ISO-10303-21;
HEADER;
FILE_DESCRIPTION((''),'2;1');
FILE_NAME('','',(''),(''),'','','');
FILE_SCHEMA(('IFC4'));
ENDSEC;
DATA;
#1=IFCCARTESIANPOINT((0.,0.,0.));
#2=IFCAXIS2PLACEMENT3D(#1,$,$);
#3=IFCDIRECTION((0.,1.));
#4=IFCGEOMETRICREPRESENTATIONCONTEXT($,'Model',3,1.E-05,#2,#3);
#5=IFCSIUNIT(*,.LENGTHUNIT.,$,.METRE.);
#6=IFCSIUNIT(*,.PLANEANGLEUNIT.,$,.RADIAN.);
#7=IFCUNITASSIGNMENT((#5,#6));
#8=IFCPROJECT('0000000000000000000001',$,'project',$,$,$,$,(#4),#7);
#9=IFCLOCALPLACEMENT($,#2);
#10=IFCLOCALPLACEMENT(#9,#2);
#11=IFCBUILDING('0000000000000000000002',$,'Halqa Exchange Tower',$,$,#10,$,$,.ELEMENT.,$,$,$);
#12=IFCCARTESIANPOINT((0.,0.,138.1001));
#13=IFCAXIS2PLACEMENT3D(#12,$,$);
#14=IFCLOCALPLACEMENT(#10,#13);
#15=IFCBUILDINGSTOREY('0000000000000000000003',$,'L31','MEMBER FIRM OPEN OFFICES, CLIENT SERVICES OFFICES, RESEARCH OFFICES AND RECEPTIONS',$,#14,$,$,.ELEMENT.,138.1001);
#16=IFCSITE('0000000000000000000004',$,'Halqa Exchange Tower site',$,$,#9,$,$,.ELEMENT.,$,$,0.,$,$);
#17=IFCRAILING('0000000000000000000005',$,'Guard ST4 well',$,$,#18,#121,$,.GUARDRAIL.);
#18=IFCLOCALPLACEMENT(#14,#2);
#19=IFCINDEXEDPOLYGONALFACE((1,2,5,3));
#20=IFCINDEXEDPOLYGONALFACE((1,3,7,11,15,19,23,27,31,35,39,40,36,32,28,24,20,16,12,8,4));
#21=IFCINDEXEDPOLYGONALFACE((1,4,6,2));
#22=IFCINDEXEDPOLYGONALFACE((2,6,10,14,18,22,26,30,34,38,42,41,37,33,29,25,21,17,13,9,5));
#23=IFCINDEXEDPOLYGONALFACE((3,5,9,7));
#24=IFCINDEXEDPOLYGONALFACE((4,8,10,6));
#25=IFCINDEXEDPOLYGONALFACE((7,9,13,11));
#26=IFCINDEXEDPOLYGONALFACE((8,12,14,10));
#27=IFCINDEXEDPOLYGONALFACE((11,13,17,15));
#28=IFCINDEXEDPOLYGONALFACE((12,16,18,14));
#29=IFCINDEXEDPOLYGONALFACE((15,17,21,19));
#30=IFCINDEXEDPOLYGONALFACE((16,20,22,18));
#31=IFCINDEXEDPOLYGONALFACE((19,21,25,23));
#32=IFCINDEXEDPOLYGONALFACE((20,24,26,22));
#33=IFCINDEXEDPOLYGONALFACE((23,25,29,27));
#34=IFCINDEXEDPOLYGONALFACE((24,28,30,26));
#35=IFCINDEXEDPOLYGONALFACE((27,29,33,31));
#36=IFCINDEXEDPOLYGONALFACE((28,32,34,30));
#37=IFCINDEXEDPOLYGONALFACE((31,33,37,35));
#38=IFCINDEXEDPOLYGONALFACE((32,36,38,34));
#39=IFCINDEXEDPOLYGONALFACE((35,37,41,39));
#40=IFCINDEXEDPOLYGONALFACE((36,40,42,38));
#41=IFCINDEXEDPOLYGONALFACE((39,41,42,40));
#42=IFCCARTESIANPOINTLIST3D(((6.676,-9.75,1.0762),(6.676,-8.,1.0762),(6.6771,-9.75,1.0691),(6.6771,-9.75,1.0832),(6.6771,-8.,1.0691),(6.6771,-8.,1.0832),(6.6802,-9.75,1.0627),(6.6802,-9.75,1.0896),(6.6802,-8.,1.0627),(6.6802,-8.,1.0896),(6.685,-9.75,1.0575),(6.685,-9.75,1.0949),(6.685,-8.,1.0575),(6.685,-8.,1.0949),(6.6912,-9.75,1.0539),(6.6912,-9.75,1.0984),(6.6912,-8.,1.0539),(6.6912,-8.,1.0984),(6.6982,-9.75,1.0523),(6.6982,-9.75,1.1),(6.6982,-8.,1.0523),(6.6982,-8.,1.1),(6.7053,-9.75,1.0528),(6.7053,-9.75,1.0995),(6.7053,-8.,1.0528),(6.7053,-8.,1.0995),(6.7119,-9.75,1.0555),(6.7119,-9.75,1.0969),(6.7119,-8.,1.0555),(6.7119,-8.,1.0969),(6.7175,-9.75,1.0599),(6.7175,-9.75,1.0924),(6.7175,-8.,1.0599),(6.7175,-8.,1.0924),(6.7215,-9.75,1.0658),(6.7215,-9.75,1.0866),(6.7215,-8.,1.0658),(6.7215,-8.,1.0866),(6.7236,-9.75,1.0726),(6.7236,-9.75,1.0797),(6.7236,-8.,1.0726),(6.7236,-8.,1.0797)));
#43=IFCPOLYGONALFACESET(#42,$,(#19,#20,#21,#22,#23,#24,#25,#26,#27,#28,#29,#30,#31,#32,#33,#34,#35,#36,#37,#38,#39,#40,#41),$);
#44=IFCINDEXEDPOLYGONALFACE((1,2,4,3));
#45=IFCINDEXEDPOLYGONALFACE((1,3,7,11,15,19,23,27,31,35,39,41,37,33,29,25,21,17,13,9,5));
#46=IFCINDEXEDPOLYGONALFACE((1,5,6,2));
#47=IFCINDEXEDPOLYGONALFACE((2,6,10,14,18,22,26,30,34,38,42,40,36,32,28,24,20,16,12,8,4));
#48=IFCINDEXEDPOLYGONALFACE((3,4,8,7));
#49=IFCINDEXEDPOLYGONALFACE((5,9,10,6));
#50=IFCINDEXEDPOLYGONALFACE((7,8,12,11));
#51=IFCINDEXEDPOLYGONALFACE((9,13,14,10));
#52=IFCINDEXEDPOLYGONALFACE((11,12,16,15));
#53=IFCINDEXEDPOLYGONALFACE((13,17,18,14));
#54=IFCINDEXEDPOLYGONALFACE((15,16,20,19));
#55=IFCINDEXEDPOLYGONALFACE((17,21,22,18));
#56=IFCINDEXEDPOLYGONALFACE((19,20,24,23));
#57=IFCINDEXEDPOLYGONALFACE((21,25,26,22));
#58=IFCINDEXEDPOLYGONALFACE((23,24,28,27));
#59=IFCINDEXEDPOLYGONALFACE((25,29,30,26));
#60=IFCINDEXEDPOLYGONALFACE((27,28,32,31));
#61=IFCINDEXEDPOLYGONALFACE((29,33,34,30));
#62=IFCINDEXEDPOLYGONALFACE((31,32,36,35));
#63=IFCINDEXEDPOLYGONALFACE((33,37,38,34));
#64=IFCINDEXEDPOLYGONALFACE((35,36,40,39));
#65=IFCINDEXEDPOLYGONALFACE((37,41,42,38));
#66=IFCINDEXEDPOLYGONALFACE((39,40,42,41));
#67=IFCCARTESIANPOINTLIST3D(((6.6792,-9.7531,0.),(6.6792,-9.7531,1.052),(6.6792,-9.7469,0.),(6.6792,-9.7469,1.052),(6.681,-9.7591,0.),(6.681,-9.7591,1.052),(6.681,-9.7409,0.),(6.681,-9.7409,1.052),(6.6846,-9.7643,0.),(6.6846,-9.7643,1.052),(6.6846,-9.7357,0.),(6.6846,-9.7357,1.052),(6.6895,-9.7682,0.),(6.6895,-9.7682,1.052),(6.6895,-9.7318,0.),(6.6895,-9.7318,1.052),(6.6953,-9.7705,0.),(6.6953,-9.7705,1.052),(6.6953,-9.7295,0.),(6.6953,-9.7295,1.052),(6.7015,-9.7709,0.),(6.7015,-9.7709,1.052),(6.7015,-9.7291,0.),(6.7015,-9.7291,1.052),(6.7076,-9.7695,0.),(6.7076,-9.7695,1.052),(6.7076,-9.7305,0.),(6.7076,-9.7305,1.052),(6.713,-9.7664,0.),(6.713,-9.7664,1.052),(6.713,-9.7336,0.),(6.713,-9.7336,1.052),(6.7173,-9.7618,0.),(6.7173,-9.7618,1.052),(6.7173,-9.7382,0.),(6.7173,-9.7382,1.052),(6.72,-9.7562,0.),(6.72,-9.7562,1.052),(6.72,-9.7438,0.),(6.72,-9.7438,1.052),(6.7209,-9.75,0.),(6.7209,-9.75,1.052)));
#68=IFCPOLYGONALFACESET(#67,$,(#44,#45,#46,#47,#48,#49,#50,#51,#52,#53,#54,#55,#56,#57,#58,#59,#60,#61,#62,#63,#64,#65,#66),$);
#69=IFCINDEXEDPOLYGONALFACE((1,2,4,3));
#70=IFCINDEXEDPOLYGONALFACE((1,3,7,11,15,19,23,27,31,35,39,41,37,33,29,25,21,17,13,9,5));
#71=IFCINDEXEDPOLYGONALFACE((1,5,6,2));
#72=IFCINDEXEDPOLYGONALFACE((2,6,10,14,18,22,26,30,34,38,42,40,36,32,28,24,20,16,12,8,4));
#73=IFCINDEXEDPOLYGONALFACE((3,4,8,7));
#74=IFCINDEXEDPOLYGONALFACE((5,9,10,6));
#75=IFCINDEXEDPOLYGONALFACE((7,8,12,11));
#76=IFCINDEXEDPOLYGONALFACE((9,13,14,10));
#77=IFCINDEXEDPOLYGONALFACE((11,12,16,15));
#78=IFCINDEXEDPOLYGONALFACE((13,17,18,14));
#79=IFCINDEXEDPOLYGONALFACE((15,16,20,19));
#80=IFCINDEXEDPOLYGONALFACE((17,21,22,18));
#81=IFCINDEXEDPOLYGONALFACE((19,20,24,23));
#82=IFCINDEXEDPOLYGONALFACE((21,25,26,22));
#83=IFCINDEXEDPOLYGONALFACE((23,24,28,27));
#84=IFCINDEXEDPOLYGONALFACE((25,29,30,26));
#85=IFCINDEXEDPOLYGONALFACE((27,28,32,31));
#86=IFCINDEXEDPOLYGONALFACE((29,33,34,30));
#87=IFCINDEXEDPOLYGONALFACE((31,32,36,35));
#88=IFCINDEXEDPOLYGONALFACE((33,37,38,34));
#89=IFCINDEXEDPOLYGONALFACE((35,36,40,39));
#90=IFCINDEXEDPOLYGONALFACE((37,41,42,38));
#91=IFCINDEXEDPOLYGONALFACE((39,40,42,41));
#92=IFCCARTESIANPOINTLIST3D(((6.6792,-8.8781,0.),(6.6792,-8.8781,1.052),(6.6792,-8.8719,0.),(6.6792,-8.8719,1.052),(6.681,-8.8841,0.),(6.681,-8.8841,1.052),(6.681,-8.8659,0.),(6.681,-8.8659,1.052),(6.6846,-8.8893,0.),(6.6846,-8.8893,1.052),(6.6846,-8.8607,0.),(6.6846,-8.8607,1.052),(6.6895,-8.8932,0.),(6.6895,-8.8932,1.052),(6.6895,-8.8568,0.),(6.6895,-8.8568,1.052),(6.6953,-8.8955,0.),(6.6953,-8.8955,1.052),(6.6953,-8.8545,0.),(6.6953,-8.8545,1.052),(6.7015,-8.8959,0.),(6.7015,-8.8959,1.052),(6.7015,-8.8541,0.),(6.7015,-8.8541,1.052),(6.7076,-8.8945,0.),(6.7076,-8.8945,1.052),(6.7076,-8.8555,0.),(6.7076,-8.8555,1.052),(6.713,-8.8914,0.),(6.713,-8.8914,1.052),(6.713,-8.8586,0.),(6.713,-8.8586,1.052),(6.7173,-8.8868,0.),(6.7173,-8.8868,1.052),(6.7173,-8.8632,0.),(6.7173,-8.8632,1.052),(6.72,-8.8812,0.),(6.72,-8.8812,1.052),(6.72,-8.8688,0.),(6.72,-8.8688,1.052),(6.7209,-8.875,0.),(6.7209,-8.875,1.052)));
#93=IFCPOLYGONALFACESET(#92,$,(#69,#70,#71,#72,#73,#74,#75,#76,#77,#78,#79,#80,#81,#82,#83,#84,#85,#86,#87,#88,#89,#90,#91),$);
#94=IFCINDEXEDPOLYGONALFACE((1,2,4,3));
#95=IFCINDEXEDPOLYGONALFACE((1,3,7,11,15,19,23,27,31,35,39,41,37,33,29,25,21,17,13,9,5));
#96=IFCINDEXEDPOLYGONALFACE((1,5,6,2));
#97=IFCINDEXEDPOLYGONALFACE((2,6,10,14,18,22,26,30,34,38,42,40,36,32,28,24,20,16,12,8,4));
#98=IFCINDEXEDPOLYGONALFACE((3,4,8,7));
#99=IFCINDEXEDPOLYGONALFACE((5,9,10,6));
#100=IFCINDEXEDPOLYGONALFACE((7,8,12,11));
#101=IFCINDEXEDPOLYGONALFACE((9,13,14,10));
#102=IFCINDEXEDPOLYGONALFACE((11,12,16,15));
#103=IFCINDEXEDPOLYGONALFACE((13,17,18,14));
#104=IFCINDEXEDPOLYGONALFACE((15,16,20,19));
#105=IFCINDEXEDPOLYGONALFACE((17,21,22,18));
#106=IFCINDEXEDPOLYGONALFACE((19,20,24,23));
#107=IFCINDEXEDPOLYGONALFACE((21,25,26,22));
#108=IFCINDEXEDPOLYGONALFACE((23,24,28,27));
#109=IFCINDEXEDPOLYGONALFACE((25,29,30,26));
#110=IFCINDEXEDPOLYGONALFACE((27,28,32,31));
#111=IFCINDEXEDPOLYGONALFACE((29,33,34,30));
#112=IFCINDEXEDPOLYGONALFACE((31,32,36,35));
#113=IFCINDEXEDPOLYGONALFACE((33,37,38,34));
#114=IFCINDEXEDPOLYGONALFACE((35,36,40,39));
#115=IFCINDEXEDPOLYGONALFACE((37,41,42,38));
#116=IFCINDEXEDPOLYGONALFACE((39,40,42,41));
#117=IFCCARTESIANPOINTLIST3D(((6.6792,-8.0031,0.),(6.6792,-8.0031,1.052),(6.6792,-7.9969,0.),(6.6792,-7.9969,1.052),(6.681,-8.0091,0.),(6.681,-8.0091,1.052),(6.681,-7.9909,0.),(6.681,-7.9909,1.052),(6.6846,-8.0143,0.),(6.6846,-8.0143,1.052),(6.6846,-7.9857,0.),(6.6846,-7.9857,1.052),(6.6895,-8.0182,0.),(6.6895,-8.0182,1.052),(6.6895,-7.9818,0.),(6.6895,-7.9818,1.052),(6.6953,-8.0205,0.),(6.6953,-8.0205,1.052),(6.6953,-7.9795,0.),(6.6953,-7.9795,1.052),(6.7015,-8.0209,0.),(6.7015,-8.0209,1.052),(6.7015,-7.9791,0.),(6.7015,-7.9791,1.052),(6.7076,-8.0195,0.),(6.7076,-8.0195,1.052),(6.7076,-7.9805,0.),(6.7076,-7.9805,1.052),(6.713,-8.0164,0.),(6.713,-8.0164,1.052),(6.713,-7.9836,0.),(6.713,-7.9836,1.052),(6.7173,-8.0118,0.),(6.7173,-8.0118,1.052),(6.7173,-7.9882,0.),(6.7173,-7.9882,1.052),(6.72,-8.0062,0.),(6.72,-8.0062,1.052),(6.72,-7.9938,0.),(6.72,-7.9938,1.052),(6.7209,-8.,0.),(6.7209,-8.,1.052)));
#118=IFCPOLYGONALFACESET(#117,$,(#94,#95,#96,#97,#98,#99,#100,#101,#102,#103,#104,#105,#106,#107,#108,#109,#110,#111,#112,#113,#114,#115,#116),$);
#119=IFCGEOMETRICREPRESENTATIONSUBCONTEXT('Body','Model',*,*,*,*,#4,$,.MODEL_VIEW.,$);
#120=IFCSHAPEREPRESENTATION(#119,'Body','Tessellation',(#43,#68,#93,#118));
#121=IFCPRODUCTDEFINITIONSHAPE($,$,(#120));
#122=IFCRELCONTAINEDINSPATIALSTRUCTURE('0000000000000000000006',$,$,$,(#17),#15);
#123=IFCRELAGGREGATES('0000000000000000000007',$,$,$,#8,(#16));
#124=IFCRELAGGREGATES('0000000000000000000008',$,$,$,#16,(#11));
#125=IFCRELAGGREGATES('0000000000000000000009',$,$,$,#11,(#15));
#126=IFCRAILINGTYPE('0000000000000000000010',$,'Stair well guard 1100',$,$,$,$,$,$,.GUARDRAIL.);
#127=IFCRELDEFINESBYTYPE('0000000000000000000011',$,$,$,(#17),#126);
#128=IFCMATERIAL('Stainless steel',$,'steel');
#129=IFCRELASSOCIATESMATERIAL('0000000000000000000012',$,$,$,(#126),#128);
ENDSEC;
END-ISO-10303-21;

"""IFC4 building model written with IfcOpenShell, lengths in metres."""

from ifc_helpers import new_model, si_unit, direction, frame, origin, origin_2d, place, context, subcontext, project, spatial, circle, extrude, material, type_object, element, save


model = new_model("IFC4")

# Units and contexts
model_context = context("Model", 3, precision=1e-05, world=origin(), true_north=direction((0.0, 1.0)))
body_context = subcontext(model_context, "Body", "Model", "MODEL_VIEW")
ifc_project = project(units=[si_unit("LENGTHUNIT", "METRE"), si_unit("PLANEANGLEUNIT", "RADIAN")], contexts=[model_context])

# Site, building, storey
site_placement = place(None, origin())
site = spatial("IfcSite", under=ifc_project, at=site_placement, Name="Halqa Exchange Tower site", CompositionType="ELEMENT", RefElevation=0.0)
building_placement = place(site_placement, origin())
building = spatial("IfcBuilding", under=site, at=building_placement, Name="Halqa Exchange Tower", CompositionType="ELEMENT")
storey_placement = place(building_placement, frame((0.0, 0.0, 138.1001)))
storey = spatial("IfcBuildingStorey", under=building, at=storey_placement, Name="L31", Description="MEMBER FIRM OPEN OFFICES, CLIENT SERVICES OFFICES, RESEARCH OFFICES AND RECEPTIONS", CompositionType="ELEMENT", Elevation=138.1001)

# Railing
ifc_material_1 = material(Name="Stainless steel", Category="steel")
railing_type_1 = type_object("IfcRailingType", Name="Stair well guard 1100", PredefinedType="GUARDRAIL", material=ifc_material_1)
railing_1_placement = place(storey_placement, frame((6.7, -9.75, 0.0)))
element("IfcRailing", 1, at=railing_1_placement, inside=storey, type_object=railing_type_1, Name="Guard ST4 well", PredefinedType="GUARDRAIL", context=body_context, shape_type="SweptSolid", body=[
    extrude(circle(Radius=0.0239, at=origin_2d()), frame((0.0, 0.0, 1.0762), z_axis=(0.0, 1.0, 0.0), x_axis=(-1.0, 0.0, 0.0)), (0.0, 0.0, 1.0), 1.75),
    extrude(circle(Radius=0.021, at=origin_2d()), origin(), (0.0, 0.0, 1.0), 1.052),
    extrude(circle(Radius=0.021, at=origin_2d()), frame((0.0, 0.875, 0.0)), (0.0, 0.0, 1.0), 1.052),
    extrude(circle(Radius=0.021, at=origin_2d()), frame((0.0, 1.75, 0.0)), (0.0, 0.0, 1.0), 1.052),
])

save(model, "model.ifc")
